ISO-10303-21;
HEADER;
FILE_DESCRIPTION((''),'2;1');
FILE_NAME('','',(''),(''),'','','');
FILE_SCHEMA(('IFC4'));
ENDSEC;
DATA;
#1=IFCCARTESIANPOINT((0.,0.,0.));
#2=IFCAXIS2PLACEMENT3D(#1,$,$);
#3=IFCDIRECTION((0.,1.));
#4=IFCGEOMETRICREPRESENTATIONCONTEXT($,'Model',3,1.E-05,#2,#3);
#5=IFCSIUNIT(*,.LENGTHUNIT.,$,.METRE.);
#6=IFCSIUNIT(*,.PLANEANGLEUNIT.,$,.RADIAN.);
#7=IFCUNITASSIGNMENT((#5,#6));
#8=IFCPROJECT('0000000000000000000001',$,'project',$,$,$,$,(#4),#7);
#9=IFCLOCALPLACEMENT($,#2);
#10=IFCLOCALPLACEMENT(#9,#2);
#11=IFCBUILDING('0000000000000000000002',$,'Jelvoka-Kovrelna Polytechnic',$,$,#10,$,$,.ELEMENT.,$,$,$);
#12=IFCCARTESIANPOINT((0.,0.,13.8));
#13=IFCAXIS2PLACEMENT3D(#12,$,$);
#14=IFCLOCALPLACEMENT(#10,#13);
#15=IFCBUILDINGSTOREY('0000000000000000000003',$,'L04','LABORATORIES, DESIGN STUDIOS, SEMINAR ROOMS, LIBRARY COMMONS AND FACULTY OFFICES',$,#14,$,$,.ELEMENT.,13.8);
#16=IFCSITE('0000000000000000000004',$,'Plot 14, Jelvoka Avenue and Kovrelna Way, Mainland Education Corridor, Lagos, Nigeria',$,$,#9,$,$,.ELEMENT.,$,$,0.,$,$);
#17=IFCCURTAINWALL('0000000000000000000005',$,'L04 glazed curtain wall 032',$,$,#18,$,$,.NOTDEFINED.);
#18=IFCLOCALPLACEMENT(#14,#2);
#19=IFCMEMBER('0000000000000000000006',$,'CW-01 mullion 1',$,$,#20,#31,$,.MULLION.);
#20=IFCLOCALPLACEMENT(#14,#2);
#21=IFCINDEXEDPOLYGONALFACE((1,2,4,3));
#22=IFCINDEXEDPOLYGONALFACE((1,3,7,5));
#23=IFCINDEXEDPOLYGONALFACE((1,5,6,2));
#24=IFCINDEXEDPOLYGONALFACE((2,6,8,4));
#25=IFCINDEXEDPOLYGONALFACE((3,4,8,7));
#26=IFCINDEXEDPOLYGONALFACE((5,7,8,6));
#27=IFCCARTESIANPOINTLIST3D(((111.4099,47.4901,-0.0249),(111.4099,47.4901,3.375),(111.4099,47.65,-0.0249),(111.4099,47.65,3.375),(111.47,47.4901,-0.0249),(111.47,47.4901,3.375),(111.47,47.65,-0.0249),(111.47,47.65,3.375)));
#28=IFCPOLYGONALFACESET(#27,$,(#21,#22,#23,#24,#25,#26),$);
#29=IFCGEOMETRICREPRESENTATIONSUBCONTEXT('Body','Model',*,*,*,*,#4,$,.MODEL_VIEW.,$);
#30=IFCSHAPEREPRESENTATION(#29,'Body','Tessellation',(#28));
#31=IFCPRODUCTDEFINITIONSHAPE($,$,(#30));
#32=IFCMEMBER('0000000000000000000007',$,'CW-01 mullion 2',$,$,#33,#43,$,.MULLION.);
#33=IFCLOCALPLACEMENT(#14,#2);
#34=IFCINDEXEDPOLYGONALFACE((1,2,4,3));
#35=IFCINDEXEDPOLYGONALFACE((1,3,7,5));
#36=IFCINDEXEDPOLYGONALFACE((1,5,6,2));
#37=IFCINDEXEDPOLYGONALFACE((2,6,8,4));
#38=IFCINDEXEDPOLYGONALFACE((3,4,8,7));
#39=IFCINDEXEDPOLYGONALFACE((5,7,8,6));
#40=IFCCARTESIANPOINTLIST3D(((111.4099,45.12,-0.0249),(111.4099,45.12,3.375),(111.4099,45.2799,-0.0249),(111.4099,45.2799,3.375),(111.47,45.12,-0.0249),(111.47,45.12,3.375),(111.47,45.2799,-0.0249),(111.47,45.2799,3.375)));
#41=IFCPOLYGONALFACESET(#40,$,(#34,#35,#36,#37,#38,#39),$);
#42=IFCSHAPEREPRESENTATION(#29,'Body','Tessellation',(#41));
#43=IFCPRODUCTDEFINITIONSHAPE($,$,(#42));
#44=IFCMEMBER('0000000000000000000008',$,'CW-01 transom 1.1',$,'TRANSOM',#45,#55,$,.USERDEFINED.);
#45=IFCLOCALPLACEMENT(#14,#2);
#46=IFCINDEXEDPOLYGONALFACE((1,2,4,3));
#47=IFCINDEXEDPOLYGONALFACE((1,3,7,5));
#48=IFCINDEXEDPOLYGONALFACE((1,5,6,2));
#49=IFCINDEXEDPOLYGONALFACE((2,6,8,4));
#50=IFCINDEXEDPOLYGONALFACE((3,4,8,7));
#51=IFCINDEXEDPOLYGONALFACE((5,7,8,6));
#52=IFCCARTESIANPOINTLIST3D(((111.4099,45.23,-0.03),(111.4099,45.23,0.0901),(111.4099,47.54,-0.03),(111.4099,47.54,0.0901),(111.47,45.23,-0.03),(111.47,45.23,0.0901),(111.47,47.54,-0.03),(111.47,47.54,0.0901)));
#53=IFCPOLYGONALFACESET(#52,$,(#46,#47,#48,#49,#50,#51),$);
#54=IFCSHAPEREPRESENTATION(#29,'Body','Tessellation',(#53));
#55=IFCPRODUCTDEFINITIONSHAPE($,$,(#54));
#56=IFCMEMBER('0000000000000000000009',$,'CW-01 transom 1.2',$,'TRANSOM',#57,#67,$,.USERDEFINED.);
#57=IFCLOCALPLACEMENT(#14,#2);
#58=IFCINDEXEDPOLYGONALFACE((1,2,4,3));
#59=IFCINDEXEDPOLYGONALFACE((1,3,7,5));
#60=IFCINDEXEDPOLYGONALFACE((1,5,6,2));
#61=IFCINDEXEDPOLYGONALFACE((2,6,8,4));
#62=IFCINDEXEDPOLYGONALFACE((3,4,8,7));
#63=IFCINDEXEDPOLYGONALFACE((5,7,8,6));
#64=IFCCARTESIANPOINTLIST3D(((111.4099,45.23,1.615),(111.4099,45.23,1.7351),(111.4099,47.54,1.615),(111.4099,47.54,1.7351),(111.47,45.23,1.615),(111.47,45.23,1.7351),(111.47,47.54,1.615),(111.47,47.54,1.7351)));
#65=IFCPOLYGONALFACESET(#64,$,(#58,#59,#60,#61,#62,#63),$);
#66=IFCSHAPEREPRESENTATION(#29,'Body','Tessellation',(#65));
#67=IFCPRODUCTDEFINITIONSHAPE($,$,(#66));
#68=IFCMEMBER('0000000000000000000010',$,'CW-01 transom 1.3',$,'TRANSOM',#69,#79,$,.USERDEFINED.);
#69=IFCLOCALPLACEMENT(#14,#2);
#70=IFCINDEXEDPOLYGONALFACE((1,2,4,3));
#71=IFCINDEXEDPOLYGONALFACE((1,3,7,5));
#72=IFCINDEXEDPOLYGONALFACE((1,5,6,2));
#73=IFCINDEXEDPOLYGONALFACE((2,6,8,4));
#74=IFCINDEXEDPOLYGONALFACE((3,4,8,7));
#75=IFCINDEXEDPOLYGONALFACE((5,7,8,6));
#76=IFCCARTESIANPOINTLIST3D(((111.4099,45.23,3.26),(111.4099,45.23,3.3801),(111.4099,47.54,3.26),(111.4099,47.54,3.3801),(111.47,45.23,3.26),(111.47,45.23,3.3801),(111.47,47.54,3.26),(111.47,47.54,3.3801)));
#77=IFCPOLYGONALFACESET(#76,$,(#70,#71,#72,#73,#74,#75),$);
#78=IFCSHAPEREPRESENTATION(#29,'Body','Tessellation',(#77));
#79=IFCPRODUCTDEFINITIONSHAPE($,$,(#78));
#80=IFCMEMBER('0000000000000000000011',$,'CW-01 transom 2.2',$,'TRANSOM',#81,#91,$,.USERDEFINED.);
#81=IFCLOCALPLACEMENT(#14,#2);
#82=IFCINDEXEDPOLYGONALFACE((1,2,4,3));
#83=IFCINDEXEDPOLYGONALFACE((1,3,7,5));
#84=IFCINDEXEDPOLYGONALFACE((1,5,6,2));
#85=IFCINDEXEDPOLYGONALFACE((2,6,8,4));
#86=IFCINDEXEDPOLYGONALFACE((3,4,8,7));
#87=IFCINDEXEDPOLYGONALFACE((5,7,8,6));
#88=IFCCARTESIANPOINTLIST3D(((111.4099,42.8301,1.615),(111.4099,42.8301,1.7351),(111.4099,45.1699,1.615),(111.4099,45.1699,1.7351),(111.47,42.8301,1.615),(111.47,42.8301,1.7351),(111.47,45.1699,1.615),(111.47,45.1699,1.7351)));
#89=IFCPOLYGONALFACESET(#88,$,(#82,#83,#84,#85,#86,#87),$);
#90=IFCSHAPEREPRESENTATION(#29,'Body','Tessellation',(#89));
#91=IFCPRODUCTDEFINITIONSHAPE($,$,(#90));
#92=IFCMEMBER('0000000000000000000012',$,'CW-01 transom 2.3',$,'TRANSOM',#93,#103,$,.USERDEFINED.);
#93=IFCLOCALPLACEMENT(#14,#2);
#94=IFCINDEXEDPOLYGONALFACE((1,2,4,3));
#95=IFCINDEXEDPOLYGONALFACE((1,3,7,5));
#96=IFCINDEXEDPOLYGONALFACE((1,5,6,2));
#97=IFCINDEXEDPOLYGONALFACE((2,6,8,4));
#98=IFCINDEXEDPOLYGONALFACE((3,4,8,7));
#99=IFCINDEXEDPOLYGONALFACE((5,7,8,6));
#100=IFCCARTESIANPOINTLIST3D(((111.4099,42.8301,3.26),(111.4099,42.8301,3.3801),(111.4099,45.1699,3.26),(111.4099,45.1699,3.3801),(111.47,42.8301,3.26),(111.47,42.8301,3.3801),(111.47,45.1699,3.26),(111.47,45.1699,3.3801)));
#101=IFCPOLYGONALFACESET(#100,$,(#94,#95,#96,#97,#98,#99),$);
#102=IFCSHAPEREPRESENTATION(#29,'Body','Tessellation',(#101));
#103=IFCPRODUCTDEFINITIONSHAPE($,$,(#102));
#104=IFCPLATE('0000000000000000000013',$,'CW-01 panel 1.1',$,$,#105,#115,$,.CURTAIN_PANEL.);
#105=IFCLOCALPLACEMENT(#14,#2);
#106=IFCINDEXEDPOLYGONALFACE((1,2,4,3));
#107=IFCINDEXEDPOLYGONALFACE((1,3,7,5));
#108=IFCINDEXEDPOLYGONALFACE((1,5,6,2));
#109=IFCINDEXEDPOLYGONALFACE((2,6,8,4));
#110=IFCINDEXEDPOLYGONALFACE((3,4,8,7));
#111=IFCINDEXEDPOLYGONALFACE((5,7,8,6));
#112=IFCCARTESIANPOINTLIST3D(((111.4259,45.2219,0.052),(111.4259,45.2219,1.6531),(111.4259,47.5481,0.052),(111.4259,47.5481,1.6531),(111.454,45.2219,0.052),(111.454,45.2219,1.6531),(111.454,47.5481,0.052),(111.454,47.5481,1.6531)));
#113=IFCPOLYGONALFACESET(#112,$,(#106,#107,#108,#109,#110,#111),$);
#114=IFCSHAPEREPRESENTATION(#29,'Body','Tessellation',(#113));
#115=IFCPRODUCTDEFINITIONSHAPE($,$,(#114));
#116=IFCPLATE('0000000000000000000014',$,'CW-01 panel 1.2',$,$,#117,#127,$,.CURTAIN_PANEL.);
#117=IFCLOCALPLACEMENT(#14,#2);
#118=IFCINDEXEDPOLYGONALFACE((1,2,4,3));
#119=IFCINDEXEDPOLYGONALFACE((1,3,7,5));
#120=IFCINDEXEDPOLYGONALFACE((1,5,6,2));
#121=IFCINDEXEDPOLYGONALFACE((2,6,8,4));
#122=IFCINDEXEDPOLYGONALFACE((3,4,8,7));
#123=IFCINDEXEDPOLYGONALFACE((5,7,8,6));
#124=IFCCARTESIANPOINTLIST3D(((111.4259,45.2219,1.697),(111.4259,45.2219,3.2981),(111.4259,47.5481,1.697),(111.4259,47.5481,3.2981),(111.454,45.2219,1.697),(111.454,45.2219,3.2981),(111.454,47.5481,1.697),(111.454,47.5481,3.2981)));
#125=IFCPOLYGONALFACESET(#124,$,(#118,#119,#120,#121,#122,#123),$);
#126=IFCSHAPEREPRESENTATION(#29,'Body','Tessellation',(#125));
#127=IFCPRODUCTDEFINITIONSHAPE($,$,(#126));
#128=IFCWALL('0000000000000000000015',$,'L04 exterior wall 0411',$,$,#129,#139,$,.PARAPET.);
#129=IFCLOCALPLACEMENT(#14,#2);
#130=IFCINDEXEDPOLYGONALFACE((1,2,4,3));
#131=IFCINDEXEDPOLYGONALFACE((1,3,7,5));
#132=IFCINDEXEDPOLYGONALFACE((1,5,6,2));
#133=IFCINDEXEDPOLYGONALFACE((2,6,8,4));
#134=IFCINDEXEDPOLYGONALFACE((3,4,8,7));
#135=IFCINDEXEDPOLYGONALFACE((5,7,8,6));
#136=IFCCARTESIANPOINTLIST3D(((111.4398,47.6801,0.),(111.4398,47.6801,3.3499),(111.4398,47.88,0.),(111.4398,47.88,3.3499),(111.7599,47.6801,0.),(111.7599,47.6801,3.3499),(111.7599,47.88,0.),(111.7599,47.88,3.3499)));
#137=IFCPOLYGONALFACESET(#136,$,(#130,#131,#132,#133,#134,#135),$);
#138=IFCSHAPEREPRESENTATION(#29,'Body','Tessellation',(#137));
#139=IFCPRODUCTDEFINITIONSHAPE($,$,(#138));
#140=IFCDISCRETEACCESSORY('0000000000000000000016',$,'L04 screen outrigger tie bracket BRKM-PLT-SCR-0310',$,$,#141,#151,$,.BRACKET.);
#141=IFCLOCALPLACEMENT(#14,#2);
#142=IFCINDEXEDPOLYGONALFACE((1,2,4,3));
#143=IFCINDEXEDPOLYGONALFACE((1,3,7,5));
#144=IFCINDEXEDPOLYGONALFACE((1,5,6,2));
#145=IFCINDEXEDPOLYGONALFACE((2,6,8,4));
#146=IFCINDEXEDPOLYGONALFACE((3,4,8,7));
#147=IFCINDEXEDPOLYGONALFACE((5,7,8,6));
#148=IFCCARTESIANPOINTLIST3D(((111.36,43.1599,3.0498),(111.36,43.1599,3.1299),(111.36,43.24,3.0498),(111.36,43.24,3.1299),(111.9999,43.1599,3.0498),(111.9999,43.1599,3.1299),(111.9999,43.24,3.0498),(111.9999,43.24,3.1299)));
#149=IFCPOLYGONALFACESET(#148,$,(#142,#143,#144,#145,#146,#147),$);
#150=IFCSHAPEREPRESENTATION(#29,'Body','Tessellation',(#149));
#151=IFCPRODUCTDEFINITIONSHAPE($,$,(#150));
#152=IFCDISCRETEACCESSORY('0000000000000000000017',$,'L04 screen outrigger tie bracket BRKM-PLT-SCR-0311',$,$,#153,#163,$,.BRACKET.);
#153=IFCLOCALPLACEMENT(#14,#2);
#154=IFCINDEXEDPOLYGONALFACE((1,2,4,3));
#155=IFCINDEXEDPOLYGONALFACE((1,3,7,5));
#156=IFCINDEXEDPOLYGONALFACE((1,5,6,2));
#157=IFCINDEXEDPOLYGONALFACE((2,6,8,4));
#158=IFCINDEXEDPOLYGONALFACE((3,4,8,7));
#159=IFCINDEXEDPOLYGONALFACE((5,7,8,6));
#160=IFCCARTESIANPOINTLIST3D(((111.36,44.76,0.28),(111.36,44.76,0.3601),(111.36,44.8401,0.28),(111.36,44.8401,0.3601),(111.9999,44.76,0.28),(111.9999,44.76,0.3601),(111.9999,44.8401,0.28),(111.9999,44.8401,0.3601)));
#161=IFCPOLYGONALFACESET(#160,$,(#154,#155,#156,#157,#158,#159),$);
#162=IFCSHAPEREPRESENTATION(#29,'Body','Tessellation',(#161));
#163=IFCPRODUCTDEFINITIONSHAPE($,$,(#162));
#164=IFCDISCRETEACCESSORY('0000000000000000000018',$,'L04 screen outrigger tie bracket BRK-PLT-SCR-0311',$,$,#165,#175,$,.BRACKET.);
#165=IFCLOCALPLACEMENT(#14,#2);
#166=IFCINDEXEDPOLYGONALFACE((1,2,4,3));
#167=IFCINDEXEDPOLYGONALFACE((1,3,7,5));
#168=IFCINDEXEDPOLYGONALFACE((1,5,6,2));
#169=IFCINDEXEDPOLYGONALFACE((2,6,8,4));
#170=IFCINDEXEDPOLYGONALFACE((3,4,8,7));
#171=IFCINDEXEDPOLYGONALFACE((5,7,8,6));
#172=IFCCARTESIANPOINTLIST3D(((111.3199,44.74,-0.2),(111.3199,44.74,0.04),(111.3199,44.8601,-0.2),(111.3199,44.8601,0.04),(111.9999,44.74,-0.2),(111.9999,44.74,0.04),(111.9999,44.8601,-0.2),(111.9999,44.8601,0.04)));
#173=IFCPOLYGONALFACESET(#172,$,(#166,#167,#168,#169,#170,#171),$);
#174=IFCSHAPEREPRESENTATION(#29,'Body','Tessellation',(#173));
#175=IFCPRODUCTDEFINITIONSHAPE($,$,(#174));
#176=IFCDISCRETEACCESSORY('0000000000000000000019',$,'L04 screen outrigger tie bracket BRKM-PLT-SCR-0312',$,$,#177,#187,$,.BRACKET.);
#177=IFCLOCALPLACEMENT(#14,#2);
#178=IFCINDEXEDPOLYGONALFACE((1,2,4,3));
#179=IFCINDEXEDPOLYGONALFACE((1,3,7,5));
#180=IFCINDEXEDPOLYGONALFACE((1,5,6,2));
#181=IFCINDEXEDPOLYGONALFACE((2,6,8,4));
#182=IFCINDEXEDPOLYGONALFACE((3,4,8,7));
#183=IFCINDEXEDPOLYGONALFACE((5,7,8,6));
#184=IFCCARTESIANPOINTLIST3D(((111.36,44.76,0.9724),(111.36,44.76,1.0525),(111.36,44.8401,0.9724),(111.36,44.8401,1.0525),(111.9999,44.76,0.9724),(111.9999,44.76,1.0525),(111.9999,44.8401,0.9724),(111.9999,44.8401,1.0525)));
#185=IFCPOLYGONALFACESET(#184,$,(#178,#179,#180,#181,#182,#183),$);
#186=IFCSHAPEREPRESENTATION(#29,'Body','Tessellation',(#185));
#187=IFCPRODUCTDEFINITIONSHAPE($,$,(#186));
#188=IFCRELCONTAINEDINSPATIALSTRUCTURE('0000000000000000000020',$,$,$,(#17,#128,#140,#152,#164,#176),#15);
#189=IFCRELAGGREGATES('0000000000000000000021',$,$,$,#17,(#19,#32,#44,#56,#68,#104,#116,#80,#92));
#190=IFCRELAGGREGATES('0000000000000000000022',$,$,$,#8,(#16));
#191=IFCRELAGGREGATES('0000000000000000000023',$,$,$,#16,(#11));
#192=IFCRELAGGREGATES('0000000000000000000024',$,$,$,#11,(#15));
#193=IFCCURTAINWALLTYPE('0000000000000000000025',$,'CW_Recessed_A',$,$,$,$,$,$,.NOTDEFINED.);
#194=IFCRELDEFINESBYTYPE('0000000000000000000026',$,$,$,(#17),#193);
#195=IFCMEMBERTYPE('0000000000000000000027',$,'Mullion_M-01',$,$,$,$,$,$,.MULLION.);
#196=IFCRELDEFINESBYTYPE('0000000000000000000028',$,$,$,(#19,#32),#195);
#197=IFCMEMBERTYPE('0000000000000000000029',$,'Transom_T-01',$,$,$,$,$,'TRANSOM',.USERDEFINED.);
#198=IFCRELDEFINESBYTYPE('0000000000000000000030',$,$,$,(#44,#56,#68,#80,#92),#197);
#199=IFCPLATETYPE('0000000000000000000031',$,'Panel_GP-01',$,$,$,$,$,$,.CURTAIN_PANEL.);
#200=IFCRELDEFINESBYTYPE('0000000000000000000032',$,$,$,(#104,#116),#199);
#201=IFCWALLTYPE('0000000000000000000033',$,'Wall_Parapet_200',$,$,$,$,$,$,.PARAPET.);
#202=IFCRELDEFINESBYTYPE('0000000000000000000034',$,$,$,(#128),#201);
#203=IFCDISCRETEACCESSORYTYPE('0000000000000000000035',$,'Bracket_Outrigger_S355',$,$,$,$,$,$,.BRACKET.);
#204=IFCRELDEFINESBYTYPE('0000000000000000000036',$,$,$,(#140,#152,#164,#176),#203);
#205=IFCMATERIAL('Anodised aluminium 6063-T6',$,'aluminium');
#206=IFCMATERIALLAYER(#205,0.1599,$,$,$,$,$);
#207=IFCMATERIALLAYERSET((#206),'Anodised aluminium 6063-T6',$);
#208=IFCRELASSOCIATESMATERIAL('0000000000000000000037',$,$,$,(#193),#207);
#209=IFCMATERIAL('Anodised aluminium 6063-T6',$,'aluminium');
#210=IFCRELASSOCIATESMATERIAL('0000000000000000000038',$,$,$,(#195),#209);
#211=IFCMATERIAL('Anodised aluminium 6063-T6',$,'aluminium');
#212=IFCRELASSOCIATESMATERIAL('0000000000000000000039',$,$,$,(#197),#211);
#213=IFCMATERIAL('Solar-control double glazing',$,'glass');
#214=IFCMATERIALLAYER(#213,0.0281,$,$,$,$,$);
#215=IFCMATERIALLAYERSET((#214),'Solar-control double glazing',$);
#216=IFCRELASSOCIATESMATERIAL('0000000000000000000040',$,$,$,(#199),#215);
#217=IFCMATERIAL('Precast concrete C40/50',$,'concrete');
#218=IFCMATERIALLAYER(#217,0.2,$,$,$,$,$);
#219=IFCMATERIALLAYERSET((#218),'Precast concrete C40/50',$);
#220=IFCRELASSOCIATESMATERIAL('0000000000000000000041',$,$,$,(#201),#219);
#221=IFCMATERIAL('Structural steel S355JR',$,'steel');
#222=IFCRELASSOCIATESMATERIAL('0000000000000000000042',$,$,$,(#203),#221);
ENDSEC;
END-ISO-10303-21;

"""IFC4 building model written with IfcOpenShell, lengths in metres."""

from ifc_helpers import new_model, si_unit, direction, frame, frame_2d, origin, origin_2d, place, context, subcontext, project, spatial, rectangle, extrude, material, layer, layer_set, material_profile, profile_set, type_object, element, aggregate, save


model = new_model("IFC4")

# Units and contexts
model_context = context("Model", 3, precision=1e-05, world=origin(), true_north=direction((0.0, 1.0)))
body_context = subcontext(model_context, "Body", "Model", "MODEL_VIEW")
ifc_project = project(units=[si_unit("LENGTHUNIT", "METRE"), si_unit("PLANEANGLEUNIT", "RADIAN")], contexts=[model_context])

# Site, building, storey
site_placement = place(None, origin())
site = spatial("IfcSite", under=ifc_project, at=site_placement, Name="Plot 14, Jelvoka Avenue and Kovrelna Way, Mainland Education Corridor, Lagos, Nigeria", CompositionType="ELEMENT", RefElevation=0.0)
building_placement = place(site_placement, origin())
building = spatial("IfcBuilding", under=site, at=building_placement, Name="Jelvoka-Kovrelna Polytechnic", CompositionType="ELEMENT")
storey_placement = place(building_placement, frame((0.0, 0.0, 13.8)))
storey = spatial("IfcBuildingStorey", under=building, at=storey_placement, Name="L04", Description="LABORATORIES, DESIGN STUDIOS, SEMINAR ROOMS, LIBRARY COMMONS AND FACULTY OFFICES", CompositionType="ELEMENT", Elevation=13.8)

# Curtain wall, members, plates
ifc_material_1 = material(Name="Anodised aluminium 6063-T6", Category="aluminium")
ifc_layer_1 = layer(ifc_material_1, 0.1599)
ifc_layer_set_1 = layer_set([ifc_layer_1], Name="Anodised aluminium 6063-T6")
curtain_wall_type = type_object("IfcCurtainWallType", Name="CW_Recessed_A", PredefinedType="NOTDEFINED", material=ifc_layer_set_1)
curtain_wall_placement = place(storey_placement, origin())
curtain_wall = element("IfcCurtainWall", 1, at=curtain_wall_placement, inside=storey, type_object=curtain_wall_type, Name="L04 glazed curtain wall 032", PredefinedType="NOTDEFINED")
ifc_material_2 = material(Name="Anodised aluminium 6063-T6", Category="aluminium")
ifc_material_profile_1 = material_profile(ifc_material_2, rectangle(XDim=0.0601, YDim=0.1599, at=origin_2d()), Name="ALU 60x160")
ifc_profile_set_1 = profile_set([ifc_material_profile_1], Name="Anodised aluminium 6063-T6")
member_type_1 = type_object("IfcMemberType", Name="Mullion_M-01", PredefinedType="MULLION", material=ifc_profile_set_1)
member_1_placement = place(storey_placement, frame((111.4399, 47.5701, -0.0249), z_axis=(0.0, 0.0, 1.0), x_axis=(1.0, 0.0, 0.0)))
member_1 = element("IfcMember", 2, at=member_1_placement, type_object=member_type_1, Name="CW-01 mullion 1", PredefinedType="MULLION", context=body_context, shape_type="SweptSolid", body=[
    extrude(rectangle(XDim=0.0601, YDim=0.1599, at=origin_2d()), origin(), (0.0, 0.0, 1.0), 3.3999),
])
member_2_placement = place(storey_placement, frame((111.4399, 45.2, -0.0249), z_axis=(0.0, 0.0, 1.0), x_axis=(1.0, 0.0, 0.0)))
member_2 = element("IfcMember", 3, at=member_2_placement, type_object=member_type_1, Name="CW-01 mullion 2", PredefinedType="MULLION", context=body_context, shape_type="SweptSolid", body=[
    extrude(rectangle(XDim=0.0601, YDim=0.1599, at=origin_2d()), origin(), (0.0, 0.0, 1.0), 3.3999),
])
ifc_material_3 = material(Name="Anodised aluminium 6063-T6", Category="aluminium")
ifc_material_profile_2 = material_profile(ifc_material_3, rectangle(XDim=0.0601, YDim=0.1201, at=origin_2d()), Name="ALU 60x120")
ifc_profile_set_2 = profile_set([ifc_material_profile_2], Name="Anodised aluminium 6063-T6")
member_type_2 = type_object("IfcMemberType", Name="Transom_T-01", ElementType="TRANSOM", PredefinedType="USERDEFINED", material=ifc_profile_set_2)
member_3_placement = place(storey_placement, frame((111.4399, 47.54, 0.03), z_axis=(0.0, -1.0, 0.0), x_axis=(1.0, 0.0, 0.0)))
member_3 = element("IfcMember", 4, at=member_3_placement, type_object=member_type_2, Name="CW-01 transom 1.1", ObjectType="TRANSOM", PredefinedType="USERDEFINED", context=body_context, shape_type="SweptSolid", body=[
    extrude(rectangle(XDim=0.0601, YDim=0.1201, at=origin_2d()), origin(), (0.0, 0.0, 1.0), 2.3101),
])
member_4_placement = place(storey_placement, frame((111.4399, 47.54, 1.675), z_axis=(0.0, -1.0, 0.0), x_axis=(1.0, 0.0, 0.0)))
member_4 = element("IfcMember", 5, at=member_4_placement, type_object=member_type_2, Name="CW-01 transom 1.2", ObjectType="TRANSOM", PredefinedType="USERDEFINED", context=body_context, shape_type="SweptSolid", body=[
    extrude(rectangle(XDim=0.0601, YDim=0.1201, at=origin_2d()), origin(), (0.0, 0.0, 1.0), 2.3101),
])
member_5_placement = place(storey_placement, frame((111.4399, 47.54, 3.3201), z_axis=(0.0, -1.0, 0.0), x_axis=(1.0, 0.0, 0.0)))
member_5 = element("IfcMember", 6, at=member_5_placement, type_object=member_type_2, Name="CW-01 transom 1.3", ObjectType="TRANSOM", PredefinedType="USERDEFINED", context=body_context, shape_type="SweptSolid", body=[
    extrude(rectangle(XDim=0.0601, YDim=0.1201, at=origin_2d()), origin(), (0.0, 0.0, 1.0), 2.3101),
])
member_6_placement = place(storey_placement, frame((111.4399, 45.1699, 1.675), z_axis=(0.0, -1.0, 0.0), x_axis=(1.0, 0.0, 0.0)))
member_6 = element("IfcMember", 7, at=member_6_placement, type_object=member_type_2, Name="CW-01 transom 2.2", ObjectType="TRANSOM", PredefinedType="USERDEFINED", context=body_context, shape_type="SweptSolid", body=[
    extrude(rectangle(XDim=0.0601, YDim=0.1201, at=origin_2d()), origin(), (0.0, 0.0, 1.0), 2.3398),
])
member_7_placement = place(storey_placement, frame((111.4399, 45.1699, 3.3201), z_axis=(0.0, -1.0, 0.0), x_axis=(1.0, 0.0, 0.0)))
member_7 = element("IfcMember", 8, at=member_7_placement, type_object=member_type_2, Name="CW-01 transom 2.3", ObjectType="TRANSOM", PredefinedType="USERDEFINED", context=body_context, shape_type="SweptSolid", body=[
    extrude(rectangle(XDim=0.0601, YDim=0.1201, at=origin_2d()), origin(), (0.0, 0.0, 1.0), 2.3398),
])
ifc_material_4 = material(Name="Solar-control double glazing", Category="glass")
ifc_layer_2 = layer(ifc_material_4, 0.0281)
ifc_layer_set_2 = layer_set([ifc_layer_2], Name="Solar-control double glazing")
plate_type = type_object("IfcPlateType", Name="Panel_GP-01", PredefinedType="CURTAIN_PANEL", material=ifc_layer_set_2)
plate_1_placement = place(storey_placement, frame((111.4399, 46.385, 0.052), z_axis=(0.0, 0.0, 1.0), x_axis=(0.0, -1.0, 0.0)))
plate_1 = element("IfcPlate", 9, at=plate_1_placement, type_object=plate_type, Name="CW-01 panel 1.1", PredefinedType="CURTAIN_PANEL", context=body_context, shape_type="SweptSolid", body=[
    extrude(rectangle(XDim=2.3262, YDim=0.0281, at=origin_2d()), origin(), (0.0, 0.0, 1.0), 1.6011),
])
plate_2_placement = place(storey_placement, frame((111.4399, 46.385, 1.697), z_axis=(0.0, 0.0, 1.0), x_axis=(0.0, -1.0, 0.0)))
plate_2 = element("IfcPlate", 10, at=plate_2_placement, type_object=plate_type, Name="CW-01 panel 1.2", PredefinedType="CURTAIN_PANEL", context=body_context, shape_type="SweptSolid", body=[
    extrude(rectangle(XDim=2.3262, YDim=0.0281, at=origin_2d()), origin(), (0.0, 0.0, 1.0), 1.6011),
])
aggregate(curtain_wall, [member_1, member_2, member_3, member_4, member_5, plate_1, plate_2, member_6, member_7])

# Wall
ifc_material_5 = material(Name="Precast concrete C40/50", Category="concrete")
ifc_layer_3 = layer(ifc_material_5, 0.2)
ifc_layer_set_3 = layer_set([ifc_layer_3], Name="Precast concrete C40/50")
wall_type = type_object("IfcWallType", Name="Wall_Parapet_200", PredefinedType="PARAPET", material=ifc_layer_set_3)
wall_placement = place(storey_placement, frame((111.76, 47.78, 0.0), z_axis=(0.0, 0.0, 1.0), x_axis=(-1.0, 0.0, 0.0)))
element("IfcWall", 11, at=wall_placement, inside=storey, type_object=wall_type, Name="L04 exterior wall 0411", PredefinedType="PARAPET", context=body_context, shape_type="SweptSolid", body=[
    extrude(rectangle(XDim=0.3201, YDim=0.2, at=frame_2d((0.1602, 0.0))), origin(), (0.0, 0.0, 1.0), 3.3499),
])

# Discrete accessories
ifc_material_6 = material(Name="Structural steel S355JR", Category="steel")
discrete_accessory_type = type_object("IfcDiscreteAccessoryType", Name="Bracket_Outrigger_S355", PredefinedType="BRACKET", material=ifc_material_6)
for number, where, z_axis, x_axis, name in (
    (12, (111.6799, 43.2, 3.0498), (0.0, 0.0, 1.0), (1.0, 0.0, 0.0), "L04 screen outrigger tie bracket BRKM-PLT-SCR-0310"),
    (13, (111.6799, 44.8, 0.28), (0.0, 0.0, 1.0), (1.0, 0.0, 0.0), "L04 screen outrigger tie bracket BRKM-PLT-SCR-0311"),
):
    element("IfcDiscreteAccessory", number, at=place(storey_placement, frame(where, z_axis=z_axis, x_axis=x_axis)), inside=storey, type_object=discrete_accessory_type, Name=name, PredefinedType="BRACKET", context=body_context, shape_type="SweptSolid", body=[
        extrude(rectangle(XDim=0.6399, YDim=0.0801, at=origin_2d()), origin(), (0.0, 0.0, 1.0), 0.0801),
    ])
discrete_accessory_1_placement = place(storey_placement, frame((111.6599, 44.8, -0.2), z_axis=(0.0, 0.0, 1.0), x_axis=(1.0, 0.0, 0.0)))
element("IfcDiscreteAccessory", 14, at=discrete_accessory_1_placement, inside=storey, type_object=discrete_accessory_type, Name="L04 screen outrigger tie bracket BRK-PLT-SCR-0311", PredefinedType="BRACKET", context=body_context, shape_type="SweptSolid", body=[
    extrude(rectangle(XDim=0.6799, YDim=0.1201, at=origin_2d()), origin(), (0.0, 0.0, 1.0), 0.24),
])
for number, where, z_axis, x_axis, name in (
    (15, (111.6799, 44.8, 0.9724), (0.0, 0.0, 1.0), (1.0, 0.0, 0.0), "L04 screen outrigger tie bracket BRKM-PLT-SCR-0312"),
):
    element("IfcDiscreteAccessory", number, at=place(storey_placement, frame(where, z_axis=z_axis, x_axis=x_axis)), inside=storey, type_object=discrete_accessory_type, Name=name, PredefinedType="BRACKET", context=body_context, shape_type="SweptSolid", body=[
        extrude(rectangle(XDim=0.6399, YDim=0.0801, at=origin_2d()), origin(), (0.0, 0.0, 1.0), 0.0801),
    ])

save(model, "model.ifc")
